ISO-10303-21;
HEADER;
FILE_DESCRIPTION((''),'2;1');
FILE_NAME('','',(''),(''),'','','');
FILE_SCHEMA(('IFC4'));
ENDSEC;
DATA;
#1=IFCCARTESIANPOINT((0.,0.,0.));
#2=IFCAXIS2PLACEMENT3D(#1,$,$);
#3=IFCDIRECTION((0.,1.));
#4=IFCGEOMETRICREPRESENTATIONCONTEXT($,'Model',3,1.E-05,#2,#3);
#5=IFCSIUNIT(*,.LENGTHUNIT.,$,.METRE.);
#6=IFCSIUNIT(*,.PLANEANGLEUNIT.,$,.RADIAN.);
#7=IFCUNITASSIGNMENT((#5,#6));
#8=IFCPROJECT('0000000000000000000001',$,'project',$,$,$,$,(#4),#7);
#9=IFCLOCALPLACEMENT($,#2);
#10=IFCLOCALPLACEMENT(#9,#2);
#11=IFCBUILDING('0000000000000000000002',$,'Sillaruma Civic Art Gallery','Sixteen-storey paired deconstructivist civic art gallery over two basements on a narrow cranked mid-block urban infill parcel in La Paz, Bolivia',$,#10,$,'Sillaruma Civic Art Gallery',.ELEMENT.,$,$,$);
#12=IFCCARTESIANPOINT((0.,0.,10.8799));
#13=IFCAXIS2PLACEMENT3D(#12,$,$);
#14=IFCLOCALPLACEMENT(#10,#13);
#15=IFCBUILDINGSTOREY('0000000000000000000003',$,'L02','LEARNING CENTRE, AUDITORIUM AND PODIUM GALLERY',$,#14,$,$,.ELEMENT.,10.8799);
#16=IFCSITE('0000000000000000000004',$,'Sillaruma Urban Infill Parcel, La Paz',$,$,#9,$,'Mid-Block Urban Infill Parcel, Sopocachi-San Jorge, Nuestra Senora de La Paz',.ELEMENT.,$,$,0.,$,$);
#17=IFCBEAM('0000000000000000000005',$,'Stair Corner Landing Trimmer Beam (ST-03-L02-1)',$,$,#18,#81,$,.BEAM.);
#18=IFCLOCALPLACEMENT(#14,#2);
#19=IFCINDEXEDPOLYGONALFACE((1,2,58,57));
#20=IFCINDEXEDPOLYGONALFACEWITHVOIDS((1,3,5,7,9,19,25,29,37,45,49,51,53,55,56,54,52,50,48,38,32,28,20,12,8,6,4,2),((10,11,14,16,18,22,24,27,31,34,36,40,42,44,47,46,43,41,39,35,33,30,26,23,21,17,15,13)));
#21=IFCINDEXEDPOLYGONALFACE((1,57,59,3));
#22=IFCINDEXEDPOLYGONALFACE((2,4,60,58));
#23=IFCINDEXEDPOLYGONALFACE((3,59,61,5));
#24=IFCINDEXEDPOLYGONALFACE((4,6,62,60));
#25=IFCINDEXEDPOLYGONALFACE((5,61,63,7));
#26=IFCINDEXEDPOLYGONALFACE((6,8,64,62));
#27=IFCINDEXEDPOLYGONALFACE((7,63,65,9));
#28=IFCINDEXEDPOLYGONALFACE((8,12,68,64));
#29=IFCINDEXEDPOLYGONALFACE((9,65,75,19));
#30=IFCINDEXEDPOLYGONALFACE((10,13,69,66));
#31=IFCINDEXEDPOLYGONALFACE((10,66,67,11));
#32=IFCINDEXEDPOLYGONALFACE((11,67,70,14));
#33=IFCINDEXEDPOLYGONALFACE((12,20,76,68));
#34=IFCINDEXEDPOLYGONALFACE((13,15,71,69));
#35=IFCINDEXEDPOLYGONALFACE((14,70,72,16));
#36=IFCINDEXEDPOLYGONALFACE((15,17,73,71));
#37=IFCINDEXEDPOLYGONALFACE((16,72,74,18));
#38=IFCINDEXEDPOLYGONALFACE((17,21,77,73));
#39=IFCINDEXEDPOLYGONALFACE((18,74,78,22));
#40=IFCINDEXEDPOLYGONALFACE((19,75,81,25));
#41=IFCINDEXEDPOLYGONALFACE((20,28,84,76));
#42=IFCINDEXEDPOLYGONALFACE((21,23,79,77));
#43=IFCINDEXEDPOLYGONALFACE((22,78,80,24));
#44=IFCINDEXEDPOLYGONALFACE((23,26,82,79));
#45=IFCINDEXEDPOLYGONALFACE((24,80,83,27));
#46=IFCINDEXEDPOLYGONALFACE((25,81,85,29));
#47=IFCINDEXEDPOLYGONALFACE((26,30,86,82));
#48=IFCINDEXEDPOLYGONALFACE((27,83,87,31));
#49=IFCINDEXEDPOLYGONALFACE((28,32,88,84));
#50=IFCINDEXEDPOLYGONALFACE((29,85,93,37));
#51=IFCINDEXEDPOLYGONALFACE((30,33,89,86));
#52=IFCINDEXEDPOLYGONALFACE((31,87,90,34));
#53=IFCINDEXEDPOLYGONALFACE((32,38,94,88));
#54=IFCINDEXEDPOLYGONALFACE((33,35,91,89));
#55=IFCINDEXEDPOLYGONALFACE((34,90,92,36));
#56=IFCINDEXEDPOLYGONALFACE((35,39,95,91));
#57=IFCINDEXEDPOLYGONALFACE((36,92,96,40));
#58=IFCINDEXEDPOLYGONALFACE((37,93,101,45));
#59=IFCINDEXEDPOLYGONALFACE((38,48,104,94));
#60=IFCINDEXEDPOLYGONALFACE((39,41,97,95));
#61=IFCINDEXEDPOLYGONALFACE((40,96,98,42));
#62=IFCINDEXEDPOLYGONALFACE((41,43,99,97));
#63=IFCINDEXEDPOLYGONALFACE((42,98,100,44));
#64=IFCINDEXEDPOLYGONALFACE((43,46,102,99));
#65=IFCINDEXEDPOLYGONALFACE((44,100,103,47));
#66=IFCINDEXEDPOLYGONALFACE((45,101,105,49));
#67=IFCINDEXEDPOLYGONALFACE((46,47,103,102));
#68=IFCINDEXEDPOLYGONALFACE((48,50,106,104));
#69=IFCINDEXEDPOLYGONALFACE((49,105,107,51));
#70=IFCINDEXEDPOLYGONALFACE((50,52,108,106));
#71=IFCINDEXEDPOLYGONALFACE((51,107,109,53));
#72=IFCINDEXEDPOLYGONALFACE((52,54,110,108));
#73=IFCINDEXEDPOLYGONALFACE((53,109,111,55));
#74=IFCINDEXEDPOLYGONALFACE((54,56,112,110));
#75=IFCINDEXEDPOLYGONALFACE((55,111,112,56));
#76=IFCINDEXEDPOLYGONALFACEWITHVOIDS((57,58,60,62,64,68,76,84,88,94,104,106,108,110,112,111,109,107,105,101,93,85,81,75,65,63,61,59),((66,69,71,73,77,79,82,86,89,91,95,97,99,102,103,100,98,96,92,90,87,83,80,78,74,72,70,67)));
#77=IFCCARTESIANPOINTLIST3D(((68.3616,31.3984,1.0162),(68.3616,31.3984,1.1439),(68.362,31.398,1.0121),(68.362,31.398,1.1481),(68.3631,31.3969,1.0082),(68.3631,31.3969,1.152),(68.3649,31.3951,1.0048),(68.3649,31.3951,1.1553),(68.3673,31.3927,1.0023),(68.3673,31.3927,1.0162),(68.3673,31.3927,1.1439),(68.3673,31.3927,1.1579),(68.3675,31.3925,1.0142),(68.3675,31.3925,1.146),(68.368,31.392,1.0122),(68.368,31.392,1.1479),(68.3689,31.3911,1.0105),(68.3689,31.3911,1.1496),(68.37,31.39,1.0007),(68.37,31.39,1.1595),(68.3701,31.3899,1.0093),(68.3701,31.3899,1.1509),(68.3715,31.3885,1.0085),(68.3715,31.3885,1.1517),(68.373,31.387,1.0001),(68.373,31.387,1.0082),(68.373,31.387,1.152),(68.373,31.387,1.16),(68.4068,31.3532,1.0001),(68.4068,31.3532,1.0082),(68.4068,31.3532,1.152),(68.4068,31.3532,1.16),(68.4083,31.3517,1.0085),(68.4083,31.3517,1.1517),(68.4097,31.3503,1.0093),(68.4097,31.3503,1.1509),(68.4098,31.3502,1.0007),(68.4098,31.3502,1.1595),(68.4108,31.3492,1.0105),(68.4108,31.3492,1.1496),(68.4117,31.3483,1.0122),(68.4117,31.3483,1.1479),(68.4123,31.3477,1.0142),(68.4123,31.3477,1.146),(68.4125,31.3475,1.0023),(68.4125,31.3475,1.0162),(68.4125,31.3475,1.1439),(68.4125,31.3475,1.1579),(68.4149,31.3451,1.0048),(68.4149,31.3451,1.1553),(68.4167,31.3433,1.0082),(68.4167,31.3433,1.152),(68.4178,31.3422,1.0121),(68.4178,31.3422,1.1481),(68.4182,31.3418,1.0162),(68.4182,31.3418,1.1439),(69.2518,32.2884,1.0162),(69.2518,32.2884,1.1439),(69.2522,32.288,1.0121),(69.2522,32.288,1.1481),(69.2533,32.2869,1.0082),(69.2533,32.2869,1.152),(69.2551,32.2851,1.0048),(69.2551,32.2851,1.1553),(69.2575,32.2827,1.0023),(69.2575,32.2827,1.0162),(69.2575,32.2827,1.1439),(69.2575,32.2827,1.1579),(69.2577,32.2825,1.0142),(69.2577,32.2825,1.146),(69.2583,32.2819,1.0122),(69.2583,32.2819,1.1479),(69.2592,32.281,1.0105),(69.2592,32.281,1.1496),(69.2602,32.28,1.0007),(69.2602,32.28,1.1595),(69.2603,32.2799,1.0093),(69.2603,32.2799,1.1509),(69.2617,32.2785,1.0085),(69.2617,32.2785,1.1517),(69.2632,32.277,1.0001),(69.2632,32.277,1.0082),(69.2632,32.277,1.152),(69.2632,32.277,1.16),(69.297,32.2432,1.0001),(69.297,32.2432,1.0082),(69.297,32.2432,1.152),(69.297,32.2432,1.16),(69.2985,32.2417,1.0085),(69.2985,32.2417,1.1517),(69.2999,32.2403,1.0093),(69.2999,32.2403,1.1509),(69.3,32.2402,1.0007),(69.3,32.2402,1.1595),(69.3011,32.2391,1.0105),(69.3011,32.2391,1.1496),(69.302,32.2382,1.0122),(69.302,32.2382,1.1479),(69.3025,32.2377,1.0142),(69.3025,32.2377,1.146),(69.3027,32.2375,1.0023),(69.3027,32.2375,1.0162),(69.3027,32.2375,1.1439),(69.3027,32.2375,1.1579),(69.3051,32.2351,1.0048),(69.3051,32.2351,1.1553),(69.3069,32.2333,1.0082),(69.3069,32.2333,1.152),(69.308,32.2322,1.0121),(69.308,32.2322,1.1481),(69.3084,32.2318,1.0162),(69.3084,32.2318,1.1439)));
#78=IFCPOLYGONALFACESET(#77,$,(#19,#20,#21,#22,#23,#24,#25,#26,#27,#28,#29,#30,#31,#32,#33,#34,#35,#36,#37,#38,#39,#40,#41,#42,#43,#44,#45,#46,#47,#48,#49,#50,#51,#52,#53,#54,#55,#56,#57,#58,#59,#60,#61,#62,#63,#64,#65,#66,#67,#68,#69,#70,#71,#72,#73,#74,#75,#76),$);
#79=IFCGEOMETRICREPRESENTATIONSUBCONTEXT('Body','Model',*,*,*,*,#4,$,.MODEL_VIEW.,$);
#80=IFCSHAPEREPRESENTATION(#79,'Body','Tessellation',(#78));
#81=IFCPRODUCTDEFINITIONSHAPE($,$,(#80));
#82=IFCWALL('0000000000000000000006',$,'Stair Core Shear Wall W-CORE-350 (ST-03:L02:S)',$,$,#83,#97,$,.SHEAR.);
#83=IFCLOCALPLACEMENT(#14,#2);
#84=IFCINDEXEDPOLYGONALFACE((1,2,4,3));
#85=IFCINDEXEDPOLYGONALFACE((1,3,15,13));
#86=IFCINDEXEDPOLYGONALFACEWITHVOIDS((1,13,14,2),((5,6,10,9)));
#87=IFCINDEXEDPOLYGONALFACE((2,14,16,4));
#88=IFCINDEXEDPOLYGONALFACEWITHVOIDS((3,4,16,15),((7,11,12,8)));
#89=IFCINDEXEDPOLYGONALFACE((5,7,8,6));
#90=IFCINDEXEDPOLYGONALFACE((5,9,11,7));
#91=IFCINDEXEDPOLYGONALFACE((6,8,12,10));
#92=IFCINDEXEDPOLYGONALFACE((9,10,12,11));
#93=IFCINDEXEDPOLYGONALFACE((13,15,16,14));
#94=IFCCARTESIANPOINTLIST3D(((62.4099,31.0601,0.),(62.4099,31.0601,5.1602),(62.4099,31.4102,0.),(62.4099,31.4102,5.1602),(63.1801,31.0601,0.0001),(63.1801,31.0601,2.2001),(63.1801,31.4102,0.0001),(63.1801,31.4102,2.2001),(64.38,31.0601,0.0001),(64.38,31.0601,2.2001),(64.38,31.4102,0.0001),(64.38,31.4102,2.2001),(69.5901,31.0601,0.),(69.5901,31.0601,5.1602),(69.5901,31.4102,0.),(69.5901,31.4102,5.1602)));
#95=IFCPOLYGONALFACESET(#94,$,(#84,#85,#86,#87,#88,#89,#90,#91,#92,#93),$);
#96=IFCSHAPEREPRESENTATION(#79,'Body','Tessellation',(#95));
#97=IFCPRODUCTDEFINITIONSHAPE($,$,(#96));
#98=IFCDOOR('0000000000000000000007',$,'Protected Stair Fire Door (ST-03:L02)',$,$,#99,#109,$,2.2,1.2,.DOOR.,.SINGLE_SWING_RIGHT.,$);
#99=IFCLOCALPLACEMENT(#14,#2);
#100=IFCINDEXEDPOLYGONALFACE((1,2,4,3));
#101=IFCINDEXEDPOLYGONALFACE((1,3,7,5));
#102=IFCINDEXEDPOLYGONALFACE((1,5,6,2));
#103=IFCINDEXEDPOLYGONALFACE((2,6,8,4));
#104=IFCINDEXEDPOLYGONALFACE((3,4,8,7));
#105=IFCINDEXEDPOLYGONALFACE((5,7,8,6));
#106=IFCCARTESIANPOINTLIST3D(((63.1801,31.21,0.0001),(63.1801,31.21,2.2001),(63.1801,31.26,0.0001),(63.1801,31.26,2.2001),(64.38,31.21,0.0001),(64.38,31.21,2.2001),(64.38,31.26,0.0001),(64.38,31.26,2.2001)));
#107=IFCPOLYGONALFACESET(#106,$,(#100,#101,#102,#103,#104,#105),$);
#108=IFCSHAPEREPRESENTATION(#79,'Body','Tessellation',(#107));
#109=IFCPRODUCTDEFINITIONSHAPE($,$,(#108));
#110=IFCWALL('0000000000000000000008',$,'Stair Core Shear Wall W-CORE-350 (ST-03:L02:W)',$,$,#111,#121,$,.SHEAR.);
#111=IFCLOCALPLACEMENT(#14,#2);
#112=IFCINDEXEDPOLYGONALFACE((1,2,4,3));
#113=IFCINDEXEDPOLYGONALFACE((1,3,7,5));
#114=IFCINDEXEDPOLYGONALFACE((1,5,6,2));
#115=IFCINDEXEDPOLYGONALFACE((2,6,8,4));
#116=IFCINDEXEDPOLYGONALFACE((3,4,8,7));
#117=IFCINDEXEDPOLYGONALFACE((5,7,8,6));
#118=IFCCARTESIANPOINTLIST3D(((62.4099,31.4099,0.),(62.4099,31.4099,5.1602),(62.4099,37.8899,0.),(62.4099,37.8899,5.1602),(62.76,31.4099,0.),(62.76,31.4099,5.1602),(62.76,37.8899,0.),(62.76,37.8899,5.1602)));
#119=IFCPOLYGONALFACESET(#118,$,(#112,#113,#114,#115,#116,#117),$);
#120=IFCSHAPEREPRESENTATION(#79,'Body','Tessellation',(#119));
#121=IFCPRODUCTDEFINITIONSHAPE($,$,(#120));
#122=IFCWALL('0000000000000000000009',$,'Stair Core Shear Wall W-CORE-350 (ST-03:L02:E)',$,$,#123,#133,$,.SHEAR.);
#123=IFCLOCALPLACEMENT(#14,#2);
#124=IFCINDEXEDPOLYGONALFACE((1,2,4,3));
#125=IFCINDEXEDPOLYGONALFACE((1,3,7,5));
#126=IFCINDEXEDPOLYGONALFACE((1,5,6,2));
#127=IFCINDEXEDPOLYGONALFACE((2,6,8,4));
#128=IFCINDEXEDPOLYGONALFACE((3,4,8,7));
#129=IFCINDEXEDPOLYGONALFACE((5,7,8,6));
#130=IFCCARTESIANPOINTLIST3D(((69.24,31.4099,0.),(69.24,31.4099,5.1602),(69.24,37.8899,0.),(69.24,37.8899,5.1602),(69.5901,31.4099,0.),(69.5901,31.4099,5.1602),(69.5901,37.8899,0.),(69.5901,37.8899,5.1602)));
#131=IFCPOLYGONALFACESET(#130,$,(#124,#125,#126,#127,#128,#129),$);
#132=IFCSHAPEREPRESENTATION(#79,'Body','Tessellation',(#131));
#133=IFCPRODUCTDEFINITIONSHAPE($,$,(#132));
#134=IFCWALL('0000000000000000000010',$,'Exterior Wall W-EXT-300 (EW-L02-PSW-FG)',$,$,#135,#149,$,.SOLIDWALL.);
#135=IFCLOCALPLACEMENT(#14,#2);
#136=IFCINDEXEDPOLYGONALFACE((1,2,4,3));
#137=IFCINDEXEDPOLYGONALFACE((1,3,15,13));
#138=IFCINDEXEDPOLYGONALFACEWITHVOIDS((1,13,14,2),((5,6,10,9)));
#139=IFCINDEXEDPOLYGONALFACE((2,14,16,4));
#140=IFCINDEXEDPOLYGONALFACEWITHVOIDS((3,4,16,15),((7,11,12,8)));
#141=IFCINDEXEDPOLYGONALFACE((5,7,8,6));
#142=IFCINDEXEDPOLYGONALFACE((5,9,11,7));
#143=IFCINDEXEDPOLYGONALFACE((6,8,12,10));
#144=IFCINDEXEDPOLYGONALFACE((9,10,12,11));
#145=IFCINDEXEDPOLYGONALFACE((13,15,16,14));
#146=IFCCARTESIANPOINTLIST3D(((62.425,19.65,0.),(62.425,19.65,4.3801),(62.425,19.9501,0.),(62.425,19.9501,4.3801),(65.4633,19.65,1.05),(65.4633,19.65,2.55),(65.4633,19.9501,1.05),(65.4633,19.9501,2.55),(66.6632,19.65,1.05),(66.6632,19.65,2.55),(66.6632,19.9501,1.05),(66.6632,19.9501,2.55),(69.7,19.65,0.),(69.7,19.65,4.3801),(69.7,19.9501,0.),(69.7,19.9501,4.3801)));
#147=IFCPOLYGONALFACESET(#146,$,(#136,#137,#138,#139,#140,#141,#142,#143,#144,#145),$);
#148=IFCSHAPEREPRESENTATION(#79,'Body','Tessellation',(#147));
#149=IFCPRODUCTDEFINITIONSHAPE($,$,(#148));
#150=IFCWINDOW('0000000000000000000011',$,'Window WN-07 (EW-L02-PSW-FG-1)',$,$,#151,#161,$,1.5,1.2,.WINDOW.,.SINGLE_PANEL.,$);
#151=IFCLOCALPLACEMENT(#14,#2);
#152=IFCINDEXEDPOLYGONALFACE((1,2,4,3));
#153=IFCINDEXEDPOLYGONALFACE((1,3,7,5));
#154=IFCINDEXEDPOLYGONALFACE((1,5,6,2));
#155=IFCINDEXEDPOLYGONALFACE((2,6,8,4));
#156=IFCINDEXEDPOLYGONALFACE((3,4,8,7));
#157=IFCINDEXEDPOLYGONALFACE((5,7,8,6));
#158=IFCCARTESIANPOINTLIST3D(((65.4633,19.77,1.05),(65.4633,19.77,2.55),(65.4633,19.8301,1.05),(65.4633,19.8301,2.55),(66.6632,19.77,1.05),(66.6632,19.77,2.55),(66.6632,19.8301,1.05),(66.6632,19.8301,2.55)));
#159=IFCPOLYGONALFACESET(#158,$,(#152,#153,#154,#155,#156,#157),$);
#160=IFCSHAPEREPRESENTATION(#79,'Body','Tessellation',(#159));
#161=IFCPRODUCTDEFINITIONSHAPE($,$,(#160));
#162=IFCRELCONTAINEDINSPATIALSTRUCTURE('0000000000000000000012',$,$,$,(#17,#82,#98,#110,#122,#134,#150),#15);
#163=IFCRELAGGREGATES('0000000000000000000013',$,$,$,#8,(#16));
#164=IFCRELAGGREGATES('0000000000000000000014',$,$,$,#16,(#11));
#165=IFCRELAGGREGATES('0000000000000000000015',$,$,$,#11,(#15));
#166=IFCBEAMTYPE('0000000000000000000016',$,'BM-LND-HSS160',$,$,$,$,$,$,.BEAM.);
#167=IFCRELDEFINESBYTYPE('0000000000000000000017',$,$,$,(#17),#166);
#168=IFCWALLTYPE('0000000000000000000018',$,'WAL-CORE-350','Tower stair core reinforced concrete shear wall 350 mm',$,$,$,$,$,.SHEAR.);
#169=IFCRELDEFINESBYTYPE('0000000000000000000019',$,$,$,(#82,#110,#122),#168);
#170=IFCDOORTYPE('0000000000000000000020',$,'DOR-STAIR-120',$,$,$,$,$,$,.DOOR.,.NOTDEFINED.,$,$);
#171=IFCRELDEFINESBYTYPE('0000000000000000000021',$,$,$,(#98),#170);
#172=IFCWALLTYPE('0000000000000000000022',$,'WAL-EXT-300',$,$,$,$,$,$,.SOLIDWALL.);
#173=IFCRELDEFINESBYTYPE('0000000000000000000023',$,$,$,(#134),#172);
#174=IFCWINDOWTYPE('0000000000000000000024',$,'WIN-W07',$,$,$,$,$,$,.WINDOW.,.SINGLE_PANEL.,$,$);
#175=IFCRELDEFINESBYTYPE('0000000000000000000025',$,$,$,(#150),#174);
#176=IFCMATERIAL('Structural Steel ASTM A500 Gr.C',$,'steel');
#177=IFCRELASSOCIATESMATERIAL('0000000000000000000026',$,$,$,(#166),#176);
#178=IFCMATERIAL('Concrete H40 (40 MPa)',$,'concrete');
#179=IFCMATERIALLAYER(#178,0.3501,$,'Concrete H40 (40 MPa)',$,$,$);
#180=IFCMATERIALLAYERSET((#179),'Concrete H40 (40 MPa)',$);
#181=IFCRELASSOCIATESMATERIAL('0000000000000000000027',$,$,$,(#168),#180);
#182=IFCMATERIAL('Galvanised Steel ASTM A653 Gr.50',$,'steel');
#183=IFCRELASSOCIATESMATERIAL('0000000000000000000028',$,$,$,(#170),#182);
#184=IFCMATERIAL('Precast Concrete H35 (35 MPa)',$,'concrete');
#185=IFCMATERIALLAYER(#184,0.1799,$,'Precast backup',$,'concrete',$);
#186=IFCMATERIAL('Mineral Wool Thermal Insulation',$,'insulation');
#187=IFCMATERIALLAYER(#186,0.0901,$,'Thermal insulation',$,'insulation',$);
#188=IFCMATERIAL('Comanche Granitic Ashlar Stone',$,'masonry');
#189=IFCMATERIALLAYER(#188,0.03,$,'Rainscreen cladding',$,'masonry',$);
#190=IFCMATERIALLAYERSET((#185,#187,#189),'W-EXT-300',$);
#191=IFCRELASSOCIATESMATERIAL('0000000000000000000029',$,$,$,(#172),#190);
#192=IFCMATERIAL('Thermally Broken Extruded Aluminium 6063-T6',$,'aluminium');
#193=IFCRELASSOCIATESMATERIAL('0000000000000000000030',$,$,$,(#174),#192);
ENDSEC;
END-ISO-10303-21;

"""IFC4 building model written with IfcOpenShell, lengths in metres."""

from ifc_helpers import new_model, si_unit, direction, frame, frame_2d, origin, origin_2d, place, context, subcontext, project, spatial, rectangle, hollow_rectangle, extrude, material, layer, layer_set, material_profile, profile_set, type_object, element, fill, save


model = new_model("IFC4")

# Units and contexts
model_context = context("Model", 3, precision=1e-05, world=origin(), true_north=direction((0.0, 1.0)))
body_context = subcontext(model_context, "Body", "Model", "MODEL_VIEW")
ifc_project = project(units=[si_unit("LENGTHUNIT", "METRE"), si_unit("PLANEANGLEUNIT", "RADIAN")], contexts=[model_context])

# Site, building, storey
site_placement = place(None, origin())
site = spatial("IfcSite", under=ifc_project, at=site_placement, Name="Sillaruma Urban Infill Parcel, La Paz", LongName="Mid-Block Urban Infill Parcel, Sopocachi-San Jorge, Nuestra Senora de La Paz", CompositionType="ELEMENT", RefElevation=0.0)
building_placement = place(site_placement, origin())
building = spatial("IfcBuilding", under=site, at=building_placement, Name="Sillaruma Civic Art Gallery", Description="Sixteen-storey paired deconstructivist civic art gallery over two basements on a narrow cranked mid-block urban infill parcel in La Paz, Bolivia", LongName="Sillaruma Civic Art Gallery", CompositionType="ELEMENT")
storey_placement = place(building_placement, frame((0.0, 0.0, 10.8799)))
storey = spatial("IfcBuildingStorey", under=building, at=storey_placement, Name="L02", Description="LEARNING CENTRE, AUDITORIUM AND PODIUM GALLERY", CompositionType="ELEMENT", Elevation=10.8799)

# Shared definitions
ifc_material_1 = material(Name="Concrete H40 (40 MPa)", Category="concrete")

# Beam
ifc_material_2 = material(Name="Structural Steel ASTM A500 Gr.C", Category="steel")
ifc_material_profile_1 = material_profile(ifc_material_2, hollow_rectangle(XDim=0.0801, YDim=0.1599, WallThickness=0.0081, InnerFilletRadius=0.0081, OuterFilletRadius=0.0161, at=origin_2d()), Name="HSS160x80x8")
ifc_profile_set_1 = profile_set([ifc_material_profile_1], Name="Structural Steel ASTM A500 Gr.C")
beam_type_1 = type_object("IfcBeamType", Name="BM-LND-HSS160", PredefinedType="BEAM", material=ifc_profile_set_1)
beam_1_placement = place(storey_placement, frame((68.3899, 31.3701, 1.0801), z_axis=(0.707204, 0.70701, 0.0), x_axis=(-0.70701, 0.707204, 0.0)))
element("IfcBeam", 1, at=beam_1_placement, inside=storey, type_object=beam_type_1, Name="Stair Corner Landing Trimmer Beam (ST-03-L02-1)", PredefinedType="BEAM", context=body_context, shape_type="SweptSolid", body=[
    extrude(hollow_rectangle(XDim=0.0801, YDim=0.1599, WallThickness=0.0081, InnerFilletRadius=0.0081, OuterFilletRadius=0.0161, at=origin_2d()), origin(), (0.0, 0.0, 1.0), 1.2588),
])

# Wall, opening, door
ifc_layer_1 = layer(ifc_material_1, 0.3501, Name="Concrete H40 (40 MPa)")
ifc_layer_set_1 = layer_set([ifc_layer_1], Name="Concrete H40 (40 MPa)")
wall_type_1 = type_object("IfcWallType", Name="WAL-CORE-350", Description="Tower stair core reinforced concrete shear wall 350 mm", PredefinedType="SHEAR", material=ifc_layer_set_1)
wall_1_placement = place(storey_placement, frame((62.4099, 31.2351, 0.0), z_axis=(0.0, 0.0, 1.0), x_axis=(1.0, 0.0, 0.0)))
wall_1 = element("IfcWall", 2, at=wall_1_placement, inside=storey, type_object=wall_type_1, Name="Stair Core Shear Wall W-CORE-350 (ST-03:L02:S)", PredefinedType="SHEAR", context=body_context, shape_type="SweptSolid", body=[
    extrude(rectangle(XDim=7.1802, YDim=0.3501, at=frame_2d((3.5901, 0.0))), origin(), (0.0, 0.0, 1.0), 5.1602),
])
opening_1_placement = place(wall_1_placement, frame((0.77, 0.0, 0.0)))
opening_1 = element("IfcOpeningElement", 3, at=opening_1_placement, cuts=wall_1, PredefinedType="OPENING", context=body_context, shape_type="SweptSolid", body=[
    extrude(rectangle(XDim=1.2, YDim=2.2, at=frame_2d((0.6001, 1.1001))), frame((0.0, 0.1851, 0.0), z_axis=(0.0, -1.0, 0.0), x_axis=(1.0, 0.0, 0.0)), (0.0, 0.0, 1.0), 0.3701),
])
ifc_material_3 = material(Name="Galvanised Steel ASTM A653 Gr.50", Category="steel")
door_type_1 = type_object("IfcDoorType", Name="DOR-STAIR-120", OperationType="NOTDEFINED", PredefinedType="DOOR", material=ifc_material_3)
door_1_placement = place(opening_1_placement, origin())
door_1 = element("IfcDoor", 4, at=door_1_placement, inside=storey, type_object=door_type_1, Name="Protected Stair Fire Door (ST-03:L02)", OperationType="SINGLE_SWING_RIGHT", OverallHeight=2.2, OverallWidth=1.2, PredefinedType="DOOR", context=body_context, shape_type="SweptSolid", body=[
    extrude(rectangle(XDim=1.2, YDim=2.2, at=frame_2d((0.6001, 1.1001))), frame((0.0, 0.0249, 0.0), z_axis=(0.0, -1.0, 0.0), x_axis=(1.0, 0.0, 0.0)), (0.0, 0.0, 1.0), 0.05),
])
fill(opening_1, door_1)

# Walls
for number, where, z_axis, x_axis, name in (
    (5, (62.585, 31.4099, 0.0), (0.0, 0.0, 1.0), (0.0, 1.0, 0.0), "Stair Core Shear Wall W-CORE-350 (ST-03:L02:W)"),
    (6, (69.415, 31.4099, 0.0), (0.0, 0.0, 1.0), (0.0, 1.0, 0.0), "Stair Core Shear Wall W-CORE-350 (ST-03:L02:E)"),
):
    element("IfcWall", number, at=place(storey_placement, frame(where, z_axis=z_axis, x_axis=x_axis)), inside=storey, type_object=wall_type_1, Name=name, PredefinedType="SHEAR", context=body_context, shape_type="SweptSolid", body=[
        extrude(rectangle(XDim=6.48, YDim=0.3501, at=frame_2d((3.24, 0.0))), origin(), (0.0, 0.0, 1.0), 5.1602),
    ])

# Wall, opening, window
ifc_material_4 = material(Name="Precast Concrete H35 (35 MPa)", Category="concrete")
ifc_layer_2 = layer(ifc_material_4, 0.1799, Name="Precast backup", Category="concrete")
ifc_material_5 = material(Name="Mineral Wool Thermal Insulation", Category="insulation")
ifc_layer_3 = layer(ifc_material_5, 0.0901, Name="Thermal insulation", Category="insulation")
ifc_material_6 = material(Name="Comanche Granitic Ashlar Stone", Category="masonry")
ifc_layer_4 = layer(ifc_material_6, 0.03, Name="Rainscreen cladding", Category="masonry")
ifc_layer_set_2 = layer_set([ifc_layer_2, ifc_layer_3, ifc_layer_4], Name="W-EXT-300")
wall_type_2 = type_object("IfcWallType", Name="WAL-EXT-300", PredefinedType="SOLIDWALL", material=ifc_layer_set_2)
wall_2_placement = place(storey_placement, frame((62.425, 19.8, 0.0), z_axis=(0.0, 0.0, 1.0), x_axis=(1.0, 0.0, 0.0)))
wall_2 = element("IfcWall", 7, at=wall_2_placement, inside=storey, type_object=wall_type_2, Name="Exterior Wall W-EXT-300 (EW-L02-PSW-FG)", PredefinedType="SOLIDWALL", context=body_context, shape_type="SweptSolid", body=[
    extrude(rectangle(XDim=7.2749, YDim=0.3, at=frame_2d((3.6375, 0.0))), origin(), (0.0, 0.0, 1.0), 4.3801),
])
opening_2_placement = place(wall_2_placement, frame((3.0381, 0.0, 1.05)))
opening_2 = element("IfcOpeningElement", 8, at=opening_2_placement, cuts=wall_2, PredefinedType="OPENING", context=body_context, shape_type="SweptSolid", body=[
    extrude(rectangle(XDim=1.2, YDim=1.5, at=frame_2d((0.6001, 0.75))), frame((0.0, 0.1599, 0.0), z_axis=(0.0, -1.0, 0.0), x_axis=(1.0, 0.0, 0.0)), (0.0, 0.0, 1.0), 0.3201),
])
ifc_material_7 = material(Name="Thermally Broken Extruded Aluminium 6063-T6", Category="aluminium")
window_type_1 = type_object("IfcWindowType", Name="WIN-W07", PartitioningType="SINGLE_PANEL", PredefinedType="WINDOW", material=ifc_material_7)
window_1_placement = place(opening_2_placement, origin())
window_1 = element("IfcWindow", 9, at=window_1_placement, inside=storey, type_object=window_type_1, Name="Window WN-07 (EW-L02-PSW-FG-1)", OverallHeight=1.5, OverallWidth=1.2, PartitioningType="SINGLE_PANEL", PredefinedType="WINDOW", context=body_context, shape_type="SweptSolid", body=[
    extrude(rectangle(XDim=1.2, YDim=1.5, at=frame_2d((0.6001, 0.75))), frame((0.0, 0.03, 0.0), z_axis=(0.0, -1.0, 0.0), x_axis=(1.0, 0.0, 0.0)), (0.0, 0.0, 1.0), 0.0601),
])
fill(opening_2, window_1)

save(model, "model.ifc")
